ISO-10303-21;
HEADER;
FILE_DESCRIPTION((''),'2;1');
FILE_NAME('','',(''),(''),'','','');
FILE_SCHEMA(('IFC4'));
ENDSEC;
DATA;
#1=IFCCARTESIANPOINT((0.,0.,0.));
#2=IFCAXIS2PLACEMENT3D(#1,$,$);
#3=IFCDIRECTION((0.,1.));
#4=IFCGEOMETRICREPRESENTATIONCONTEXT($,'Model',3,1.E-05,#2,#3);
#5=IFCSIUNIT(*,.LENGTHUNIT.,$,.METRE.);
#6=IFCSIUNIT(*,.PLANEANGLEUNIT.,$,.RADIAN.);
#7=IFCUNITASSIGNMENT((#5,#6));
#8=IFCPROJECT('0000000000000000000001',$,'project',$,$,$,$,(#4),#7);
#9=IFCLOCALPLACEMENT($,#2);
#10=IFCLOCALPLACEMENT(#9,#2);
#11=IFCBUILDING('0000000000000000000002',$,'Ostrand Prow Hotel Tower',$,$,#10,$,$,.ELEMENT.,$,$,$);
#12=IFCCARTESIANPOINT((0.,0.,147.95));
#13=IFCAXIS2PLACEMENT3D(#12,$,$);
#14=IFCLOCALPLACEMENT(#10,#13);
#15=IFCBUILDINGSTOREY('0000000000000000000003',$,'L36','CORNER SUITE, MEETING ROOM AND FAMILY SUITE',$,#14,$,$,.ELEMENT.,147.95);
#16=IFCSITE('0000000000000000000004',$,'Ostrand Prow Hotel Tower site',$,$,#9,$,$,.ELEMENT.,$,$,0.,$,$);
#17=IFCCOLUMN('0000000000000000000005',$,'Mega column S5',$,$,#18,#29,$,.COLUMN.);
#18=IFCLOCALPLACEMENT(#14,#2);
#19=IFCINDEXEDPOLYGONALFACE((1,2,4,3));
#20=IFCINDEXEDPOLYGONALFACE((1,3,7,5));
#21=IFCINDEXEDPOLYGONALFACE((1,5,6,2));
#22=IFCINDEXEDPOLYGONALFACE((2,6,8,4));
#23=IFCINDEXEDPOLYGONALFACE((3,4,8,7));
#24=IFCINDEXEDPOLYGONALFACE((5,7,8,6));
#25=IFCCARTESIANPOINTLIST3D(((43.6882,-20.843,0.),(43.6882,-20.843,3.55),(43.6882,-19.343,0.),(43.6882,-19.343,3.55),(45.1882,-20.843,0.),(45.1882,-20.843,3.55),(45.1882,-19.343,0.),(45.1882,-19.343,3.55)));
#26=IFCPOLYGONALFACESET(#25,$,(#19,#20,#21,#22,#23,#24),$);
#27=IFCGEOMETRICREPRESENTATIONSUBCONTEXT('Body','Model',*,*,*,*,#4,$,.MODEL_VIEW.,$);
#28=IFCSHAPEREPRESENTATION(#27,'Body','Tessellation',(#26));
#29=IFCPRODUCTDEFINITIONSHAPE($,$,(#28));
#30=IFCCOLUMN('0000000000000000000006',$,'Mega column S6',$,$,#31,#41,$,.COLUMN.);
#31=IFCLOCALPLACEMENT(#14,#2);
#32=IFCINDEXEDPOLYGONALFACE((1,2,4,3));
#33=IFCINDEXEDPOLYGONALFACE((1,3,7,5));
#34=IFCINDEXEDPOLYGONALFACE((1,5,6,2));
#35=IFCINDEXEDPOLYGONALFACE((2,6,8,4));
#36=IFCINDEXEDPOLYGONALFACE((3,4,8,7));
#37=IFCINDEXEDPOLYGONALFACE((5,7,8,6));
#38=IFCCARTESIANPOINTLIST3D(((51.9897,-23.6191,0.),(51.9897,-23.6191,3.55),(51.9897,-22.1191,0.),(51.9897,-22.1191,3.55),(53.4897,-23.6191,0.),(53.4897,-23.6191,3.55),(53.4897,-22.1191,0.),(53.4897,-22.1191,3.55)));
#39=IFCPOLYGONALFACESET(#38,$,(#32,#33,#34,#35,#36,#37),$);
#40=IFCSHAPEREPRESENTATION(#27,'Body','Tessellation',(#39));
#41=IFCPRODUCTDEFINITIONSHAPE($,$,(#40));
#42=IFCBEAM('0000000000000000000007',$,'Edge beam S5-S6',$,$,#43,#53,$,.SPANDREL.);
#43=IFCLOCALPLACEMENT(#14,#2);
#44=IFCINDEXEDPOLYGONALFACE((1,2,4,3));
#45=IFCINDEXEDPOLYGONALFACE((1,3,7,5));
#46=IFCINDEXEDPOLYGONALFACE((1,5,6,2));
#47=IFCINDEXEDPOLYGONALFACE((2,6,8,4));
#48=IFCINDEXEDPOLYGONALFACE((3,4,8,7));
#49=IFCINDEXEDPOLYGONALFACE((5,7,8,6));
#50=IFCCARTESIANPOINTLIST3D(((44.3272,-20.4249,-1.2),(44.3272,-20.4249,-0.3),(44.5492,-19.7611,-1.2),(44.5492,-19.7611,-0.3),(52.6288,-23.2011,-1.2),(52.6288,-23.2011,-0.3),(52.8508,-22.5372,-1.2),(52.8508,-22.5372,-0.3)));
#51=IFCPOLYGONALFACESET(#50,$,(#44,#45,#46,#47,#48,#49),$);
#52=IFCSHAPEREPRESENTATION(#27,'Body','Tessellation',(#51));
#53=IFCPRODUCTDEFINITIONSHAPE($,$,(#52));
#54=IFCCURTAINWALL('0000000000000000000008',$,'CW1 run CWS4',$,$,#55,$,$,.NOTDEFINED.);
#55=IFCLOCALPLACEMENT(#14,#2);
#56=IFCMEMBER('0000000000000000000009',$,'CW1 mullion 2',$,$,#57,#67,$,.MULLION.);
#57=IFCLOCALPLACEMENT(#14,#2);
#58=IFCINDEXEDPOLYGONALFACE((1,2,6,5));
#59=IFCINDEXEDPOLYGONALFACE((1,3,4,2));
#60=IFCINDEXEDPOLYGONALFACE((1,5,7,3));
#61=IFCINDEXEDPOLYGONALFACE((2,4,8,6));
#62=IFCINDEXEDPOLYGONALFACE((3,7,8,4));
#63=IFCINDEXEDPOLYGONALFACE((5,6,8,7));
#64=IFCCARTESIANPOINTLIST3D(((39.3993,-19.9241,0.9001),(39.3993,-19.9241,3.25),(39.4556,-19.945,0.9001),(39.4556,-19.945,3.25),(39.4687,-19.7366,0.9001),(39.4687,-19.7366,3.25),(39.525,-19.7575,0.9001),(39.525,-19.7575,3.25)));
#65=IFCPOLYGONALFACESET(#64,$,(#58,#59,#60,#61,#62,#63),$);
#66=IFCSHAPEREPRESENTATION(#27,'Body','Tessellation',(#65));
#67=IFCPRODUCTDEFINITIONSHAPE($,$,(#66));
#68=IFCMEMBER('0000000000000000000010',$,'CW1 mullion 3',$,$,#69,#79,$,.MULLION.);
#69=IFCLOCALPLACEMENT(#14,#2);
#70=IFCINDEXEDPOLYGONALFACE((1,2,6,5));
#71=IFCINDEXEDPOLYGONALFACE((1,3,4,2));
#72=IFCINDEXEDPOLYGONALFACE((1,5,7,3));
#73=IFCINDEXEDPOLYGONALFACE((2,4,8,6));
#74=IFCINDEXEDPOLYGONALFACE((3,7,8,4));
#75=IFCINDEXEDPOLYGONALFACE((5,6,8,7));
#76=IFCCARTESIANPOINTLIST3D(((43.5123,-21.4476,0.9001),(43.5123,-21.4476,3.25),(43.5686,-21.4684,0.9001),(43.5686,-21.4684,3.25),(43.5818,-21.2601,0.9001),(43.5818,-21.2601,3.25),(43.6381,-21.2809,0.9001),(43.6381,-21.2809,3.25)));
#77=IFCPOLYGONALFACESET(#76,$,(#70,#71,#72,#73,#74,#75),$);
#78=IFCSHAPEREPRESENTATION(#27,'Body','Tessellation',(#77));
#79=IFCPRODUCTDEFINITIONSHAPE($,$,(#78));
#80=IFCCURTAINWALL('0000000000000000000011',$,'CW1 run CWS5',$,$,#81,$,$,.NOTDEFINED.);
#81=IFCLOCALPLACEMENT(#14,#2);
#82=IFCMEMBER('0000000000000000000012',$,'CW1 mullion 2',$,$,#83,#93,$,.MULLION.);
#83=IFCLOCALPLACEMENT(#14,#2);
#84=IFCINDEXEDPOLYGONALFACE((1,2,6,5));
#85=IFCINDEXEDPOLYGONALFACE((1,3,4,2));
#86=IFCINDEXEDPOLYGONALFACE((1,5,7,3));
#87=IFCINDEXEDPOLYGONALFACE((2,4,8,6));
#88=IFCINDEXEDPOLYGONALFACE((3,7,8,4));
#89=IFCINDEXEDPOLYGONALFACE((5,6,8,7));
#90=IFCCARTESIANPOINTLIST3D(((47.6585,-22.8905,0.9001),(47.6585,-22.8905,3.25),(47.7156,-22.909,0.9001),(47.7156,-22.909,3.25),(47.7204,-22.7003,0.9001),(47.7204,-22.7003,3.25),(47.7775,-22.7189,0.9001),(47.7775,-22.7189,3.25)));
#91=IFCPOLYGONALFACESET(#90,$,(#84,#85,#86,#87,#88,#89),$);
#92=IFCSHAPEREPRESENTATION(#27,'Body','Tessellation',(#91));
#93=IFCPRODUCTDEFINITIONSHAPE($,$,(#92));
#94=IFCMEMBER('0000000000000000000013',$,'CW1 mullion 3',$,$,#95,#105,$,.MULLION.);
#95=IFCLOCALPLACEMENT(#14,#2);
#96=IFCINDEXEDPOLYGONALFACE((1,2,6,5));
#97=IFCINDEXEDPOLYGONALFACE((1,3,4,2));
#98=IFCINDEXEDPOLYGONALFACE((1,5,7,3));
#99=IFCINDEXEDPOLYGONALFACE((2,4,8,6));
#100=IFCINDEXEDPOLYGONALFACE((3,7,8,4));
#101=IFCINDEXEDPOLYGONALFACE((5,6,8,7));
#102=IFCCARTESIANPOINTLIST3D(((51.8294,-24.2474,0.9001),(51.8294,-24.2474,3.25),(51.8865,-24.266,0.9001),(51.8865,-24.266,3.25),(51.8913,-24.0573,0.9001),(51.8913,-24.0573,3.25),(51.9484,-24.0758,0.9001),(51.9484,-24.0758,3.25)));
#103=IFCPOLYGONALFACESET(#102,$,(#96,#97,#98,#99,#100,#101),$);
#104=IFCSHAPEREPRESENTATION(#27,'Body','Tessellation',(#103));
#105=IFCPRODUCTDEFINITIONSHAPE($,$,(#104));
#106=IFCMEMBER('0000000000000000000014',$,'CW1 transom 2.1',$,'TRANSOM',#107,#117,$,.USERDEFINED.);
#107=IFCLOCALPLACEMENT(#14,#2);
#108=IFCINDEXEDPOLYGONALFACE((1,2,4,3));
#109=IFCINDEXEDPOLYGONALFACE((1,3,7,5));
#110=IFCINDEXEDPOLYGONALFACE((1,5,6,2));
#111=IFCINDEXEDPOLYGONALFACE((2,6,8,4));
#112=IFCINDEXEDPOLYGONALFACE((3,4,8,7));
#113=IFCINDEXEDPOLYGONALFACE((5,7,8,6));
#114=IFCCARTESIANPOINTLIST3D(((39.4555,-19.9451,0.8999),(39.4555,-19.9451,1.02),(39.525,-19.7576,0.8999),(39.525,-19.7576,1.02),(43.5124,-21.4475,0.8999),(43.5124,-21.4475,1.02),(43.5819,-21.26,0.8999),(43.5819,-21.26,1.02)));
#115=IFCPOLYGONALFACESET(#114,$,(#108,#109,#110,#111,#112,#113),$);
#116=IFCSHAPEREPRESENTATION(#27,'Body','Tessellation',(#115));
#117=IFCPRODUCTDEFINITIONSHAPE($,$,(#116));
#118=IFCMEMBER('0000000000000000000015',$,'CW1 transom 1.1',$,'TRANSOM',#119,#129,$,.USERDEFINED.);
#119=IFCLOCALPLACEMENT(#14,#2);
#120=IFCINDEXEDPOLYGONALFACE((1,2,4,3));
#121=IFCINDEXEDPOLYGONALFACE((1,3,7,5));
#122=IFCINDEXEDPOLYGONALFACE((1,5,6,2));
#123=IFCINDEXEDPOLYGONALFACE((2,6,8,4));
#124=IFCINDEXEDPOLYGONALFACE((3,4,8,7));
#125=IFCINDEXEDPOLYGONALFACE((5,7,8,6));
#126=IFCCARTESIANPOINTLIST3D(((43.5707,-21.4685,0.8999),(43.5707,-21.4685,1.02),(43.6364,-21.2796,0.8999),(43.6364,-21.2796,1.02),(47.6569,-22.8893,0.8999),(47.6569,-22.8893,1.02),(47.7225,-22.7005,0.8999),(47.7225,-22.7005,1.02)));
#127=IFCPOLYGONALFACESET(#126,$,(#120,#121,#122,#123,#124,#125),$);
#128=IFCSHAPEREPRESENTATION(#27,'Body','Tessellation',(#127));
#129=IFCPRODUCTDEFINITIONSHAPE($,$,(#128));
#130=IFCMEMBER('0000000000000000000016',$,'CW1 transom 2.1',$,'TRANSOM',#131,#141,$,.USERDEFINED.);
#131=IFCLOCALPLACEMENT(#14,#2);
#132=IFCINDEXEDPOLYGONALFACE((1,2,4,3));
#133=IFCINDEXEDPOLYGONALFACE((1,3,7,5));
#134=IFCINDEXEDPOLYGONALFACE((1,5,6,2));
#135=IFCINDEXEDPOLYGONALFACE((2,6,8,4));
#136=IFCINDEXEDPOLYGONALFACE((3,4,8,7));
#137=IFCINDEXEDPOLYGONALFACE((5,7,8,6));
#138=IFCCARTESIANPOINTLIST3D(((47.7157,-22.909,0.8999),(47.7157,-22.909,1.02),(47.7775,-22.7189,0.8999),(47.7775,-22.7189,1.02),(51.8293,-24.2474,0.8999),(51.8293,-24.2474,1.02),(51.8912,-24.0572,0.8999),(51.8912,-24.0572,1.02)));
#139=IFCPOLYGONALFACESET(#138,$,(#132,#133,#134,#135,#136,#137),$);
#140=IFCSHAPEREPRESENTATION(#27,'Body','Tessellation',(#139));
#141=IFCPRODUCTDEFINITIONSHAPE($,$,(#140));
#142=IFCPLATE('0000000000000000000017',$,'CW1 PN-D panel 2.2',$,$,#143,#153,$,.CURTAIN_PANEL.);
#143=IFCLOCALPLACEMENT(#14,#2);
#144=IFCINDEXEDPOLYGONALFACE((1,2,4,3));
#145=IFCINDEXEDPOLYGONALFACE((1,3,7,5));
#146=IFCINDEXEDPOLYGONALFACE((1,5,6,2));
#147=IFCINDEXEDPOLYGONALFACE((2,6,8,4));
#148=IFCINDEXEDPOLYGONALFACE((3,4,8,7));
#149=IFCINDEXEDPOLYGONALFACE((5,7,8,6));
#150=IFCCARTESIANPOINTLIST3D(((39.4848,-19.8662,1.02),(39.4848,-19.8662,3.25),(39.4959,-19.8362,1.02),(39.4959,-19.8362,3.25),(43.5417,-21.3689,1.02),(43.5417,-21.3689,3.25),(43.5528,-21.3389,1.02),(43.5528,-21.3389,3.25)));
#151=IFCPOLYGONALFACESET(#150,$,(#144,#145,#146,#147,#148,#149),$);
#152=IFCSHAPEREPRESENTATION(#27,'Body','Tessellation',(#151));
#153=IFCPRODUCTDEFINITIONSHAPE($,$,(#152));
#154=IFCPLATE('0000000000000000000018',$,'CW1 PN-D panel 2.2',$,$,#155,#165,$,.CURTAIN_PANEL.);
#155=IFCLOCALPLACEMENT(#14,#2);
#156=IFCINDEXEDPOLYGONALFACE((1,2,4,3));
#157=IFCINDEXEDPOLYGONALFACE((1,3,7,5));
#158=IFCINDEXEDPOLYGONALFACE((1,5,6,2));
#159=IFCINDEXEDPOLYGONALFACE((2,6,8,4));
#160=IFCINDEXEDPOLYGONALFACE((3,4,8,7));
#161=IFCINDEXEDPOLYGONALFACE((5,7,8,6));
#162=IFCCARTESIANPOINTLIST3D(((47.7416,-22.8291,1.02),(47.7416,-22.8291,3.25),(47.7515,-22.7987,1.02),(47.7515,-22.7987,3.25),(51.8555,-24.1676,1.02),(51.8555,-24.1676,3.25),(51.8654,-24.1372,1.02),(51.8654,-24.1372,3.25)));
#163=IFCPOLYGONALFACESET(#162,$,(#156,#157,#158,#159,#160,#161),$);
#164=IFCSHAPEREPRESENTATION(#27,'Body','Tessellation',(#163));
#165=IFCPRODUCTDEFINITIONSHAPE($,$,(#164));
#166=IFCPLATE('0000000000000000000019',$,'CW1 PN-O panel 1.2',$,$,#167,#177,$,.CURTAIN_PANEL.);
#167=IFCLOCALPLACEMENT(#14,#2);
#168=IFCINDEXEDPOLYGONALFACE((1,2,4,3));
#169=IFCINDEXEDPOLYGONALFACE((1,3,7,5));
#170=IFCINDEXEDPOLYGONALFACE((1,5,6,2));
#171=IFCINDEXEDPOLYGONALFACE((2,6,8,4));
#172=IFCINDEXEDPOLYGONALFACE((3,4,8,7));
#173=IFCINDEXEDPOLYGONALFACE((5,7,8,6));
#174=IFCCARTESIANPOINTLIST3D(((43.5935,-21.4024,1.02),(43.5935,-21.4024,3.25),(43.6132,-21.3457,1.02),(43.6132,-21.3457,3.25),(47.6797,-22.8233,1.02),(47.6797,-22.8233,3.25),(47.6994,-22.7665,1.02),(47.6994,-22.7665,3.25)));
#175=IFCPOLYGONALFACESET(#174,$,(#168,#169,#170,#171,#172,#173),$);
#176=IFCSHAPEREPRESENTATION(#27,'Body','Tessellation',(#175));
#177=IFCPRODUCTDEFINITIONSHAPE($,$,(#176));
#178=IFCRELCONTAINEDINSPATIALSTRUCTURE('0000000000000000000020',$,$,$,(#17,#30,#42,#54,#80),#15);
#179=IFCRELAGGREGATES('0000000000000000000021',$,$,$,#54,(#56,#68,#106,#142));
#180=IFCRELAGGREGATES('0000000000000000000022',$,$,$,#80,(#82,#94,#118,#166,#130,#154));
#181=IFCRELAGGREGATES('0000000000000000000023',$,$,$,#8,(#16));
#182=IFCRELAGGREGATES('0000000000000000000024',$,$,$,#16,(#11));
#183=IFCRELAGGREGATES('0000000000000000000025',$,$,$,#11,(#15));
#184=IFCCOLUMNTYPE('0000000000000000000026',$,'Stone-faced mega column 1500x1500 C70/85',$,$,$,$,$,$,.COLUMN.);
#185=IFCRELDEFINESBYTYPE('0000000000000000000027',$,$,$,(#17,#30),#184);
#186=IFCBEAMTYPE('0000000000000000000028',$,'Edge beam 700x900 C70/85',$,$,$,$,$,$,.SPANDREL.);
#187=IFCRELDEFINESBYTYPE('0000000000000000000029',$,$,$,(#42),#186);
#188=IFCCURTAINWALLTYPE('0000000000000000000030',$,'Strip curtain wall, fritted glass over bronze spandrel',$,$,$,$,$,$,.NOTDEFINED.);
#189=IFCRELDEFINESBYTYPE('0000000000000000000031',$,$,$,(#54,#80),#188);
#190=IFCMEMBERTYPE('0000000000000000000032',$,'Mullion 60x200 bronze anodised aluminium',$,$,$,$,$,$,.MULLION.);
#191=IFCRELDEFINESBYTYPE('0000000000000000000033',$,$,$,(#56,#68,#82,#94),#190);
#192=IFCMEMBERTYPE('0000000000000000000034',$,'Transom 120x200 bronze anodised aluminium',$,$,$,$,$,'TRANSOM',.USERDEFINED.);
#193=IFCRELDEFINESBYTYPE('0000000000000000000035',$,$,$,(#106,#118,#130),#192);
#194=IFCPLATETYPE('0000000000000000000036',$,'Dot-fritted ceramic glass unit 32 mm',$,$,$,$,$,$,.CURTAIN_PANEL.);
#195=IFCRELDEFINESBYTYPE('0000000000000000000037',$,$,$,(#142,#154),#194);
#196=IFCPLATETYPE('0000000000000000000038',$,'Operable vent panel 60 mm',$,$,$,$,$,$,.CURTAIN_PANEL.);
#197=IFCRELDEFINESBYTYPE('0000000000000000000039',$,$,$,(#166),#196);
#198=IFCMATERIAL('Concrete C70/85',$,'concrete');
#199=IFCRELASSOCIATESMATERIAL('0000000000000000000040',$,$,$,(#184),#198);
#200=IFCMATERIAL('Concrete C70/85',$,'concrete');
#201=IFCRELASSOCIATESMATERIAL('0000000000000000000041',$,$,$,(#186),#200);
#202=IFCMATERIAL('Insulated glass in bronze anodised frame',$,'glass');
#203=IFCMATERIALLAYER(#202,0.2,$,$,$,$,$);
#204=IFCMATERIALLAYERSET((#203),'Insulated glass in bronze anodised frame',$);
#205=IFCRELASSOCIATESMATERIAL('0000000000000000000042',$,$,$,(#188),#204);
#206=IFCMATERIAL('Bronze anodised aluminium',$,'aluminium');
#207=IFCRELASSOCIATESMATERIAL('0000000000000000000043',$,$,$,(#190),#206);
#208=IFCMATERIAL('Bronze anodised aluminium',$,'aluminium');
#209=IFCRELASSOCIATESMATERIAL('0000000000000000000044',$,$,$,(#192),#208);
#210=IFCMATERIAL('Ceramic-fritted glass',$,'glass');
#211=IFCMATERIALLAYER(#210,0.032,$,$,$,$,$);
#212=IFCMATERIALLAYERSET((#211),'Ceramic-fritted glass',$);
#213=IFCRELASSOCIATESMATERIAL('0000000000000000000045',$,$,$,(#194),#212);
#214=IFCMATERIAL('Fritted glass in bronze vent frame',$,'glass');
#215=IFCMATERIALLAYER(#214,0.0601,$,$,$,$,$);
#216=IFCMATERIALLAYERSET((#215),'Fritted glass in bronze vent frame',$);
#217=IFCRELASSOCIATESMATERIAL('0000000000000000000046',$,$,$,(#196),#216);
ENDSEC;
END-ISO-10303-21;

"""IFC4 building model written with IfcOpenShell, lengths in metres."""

from ifc_helpers import new_model, si_unit, direction, frame, origin, origin_2d, place, context, subcontext, project, spatial, rectangle, extrude, material, layer, layer_set, material_profile, profile_set, type_object, element, aggregate, save


model = new_model("IFC4")

# Units and contexts
model_context = context("Model", 3, precision=1e-05, world=origin(), true_north=direction((0.0, 1.0)))
body_context = subcontext(model_context, "Body", "Model", "MODEL_VIEW")
ifc_project = project(units=[si_unit("LENGTHUNIT", "METRE"), si_unit("PLANEANGLEUNIT", "RADIAN")], contexts=[model_context])

# Site, building, storey
site_placement = place(None, origin())
site = spatial("IfcSite", under=ifc_project, at=site_placement, Name="Ostrand Prow Hotel Tower site", CompositionType="ELEMENT", RefElevation=0.0)
building_placement = place(site_placement, origin())
building = spatial("IfcBuilding", under=site, at=building_placement, Name="Ostrand Prow Hotel Tower", CompositionType="ELEMENT")
storey_placement = place(building_placement, frame((0.0, 0.0, 147.95)))
storey = spatial("IfcBuildingStorey", under=building, at=storey_placement, Name="L36", Description="CORNER SUITE, MEETING ROOM AND FAMILY SUITE", CompositionType="ELEMENT", Elevation=147.95)

# Columns
ifc_material_1 = material(Name="Concrete C70/85", Category="concrete")
ifc_material_profile_1 = material_profile(ifc_material_1, rectangle(XDim=1.5, YDim=1.5, at=origin_2d()), Name="RC 1500x1500")
ifc_profile_set_1 = profile_set([ifc_material_profile_1], Name="Concrete C70/85")
column_type = type_object("IfcColumnType", Name="Stone-faced mega column 1500x1500 C70/85", PredefinedType="COLUMN", material=ifc_profile_set_1)
for number, where, z_axis, x_axis, name in (
    (1, (44.4382, -20.093, 0.0), (0.0, 0.0, 1.0), (1.0, 0.0, 0.0), "Mega column S5"),
    (2, (52.7397, -22.8691, 0.0), (0.0, 0.0, 1.0), (1.0, 0.0, 0.0), "Mega column S6"),
):
    element("IfcColumn", number, at=place(storey_placement, frame(where, z_axis=z_axis, x_axis=x_axis)), inside=storey, type_object=column_type, Name=name, PredefinedType="COLUMN", context=body_context, shape_type="SweptSolid", body=[
        extrude(rectangle(XDim=1.5, YDim=1.5, at=origin_2d()), origin(), (0.0, 0.0, 1.0), 3.55),
    ])

# Beam
ifc_material_2 = material(Name="Concrete C70/85", Category="concrete")
ifc_material_profile_2 = material_profile(ifc_material_2, rectangle(XDim=0.7, YDim=0.8999, at=origin_2d()), Name="RC 700x900")
ifc_profile_set_2 = profile_set([ifc_material_profile_2], Name="Concrete C70/85")
beam_type = type_object("IfcBeamType", Name="Edge beam 700x900 C70/85", PredefinedType="SPANDREL", material=ifc_profile_set_2)
beam_placement = place(storey_placement, frame((44.4382, -20.093, -0.75), z_axis=(0.948376, -0.317148, 0.0), x_axis=(0.317148, 0.948376, 0.0)))
element("IfcBeam", 3, at=beam_placement, inside=storey, type_object=beam_type, Name="Edge beam S5-S6", PredefinedType="SPANDREL", context=body_context, shape_type="SweptSolid", body=[
    extrude(rectangle(XDim=0.7, YDim=0.8999, at=origin_2d()), origin(), (0.0, 0.0, 1.0), 8.7534),
])

# Curtain walls, members
ifc_material_3 = material(Name="Insulated glass in bronze anodised frame", Category="glass")
ifc_layer_1 = layer(ifc_material_3, 0.2)
ifc_layer_set_1 = layer_set([ifc_layer_1], Name="Insulated glass in bronze anodised frame")
curtain_wall_type = type_object("IfcCurtainWallType", Name="Strip curtain wall, fritted glass over bronze spandrel", PredefinedType="NOTDEFINED", material=ifc_layer_set_1)
curtain_wall_1_placement = place(storey_placement, origin())
curtain_wall_1 = element("IfcCurtainWall", 4, at=curtain_wall_1_placement, inside=storey, type_object=curtain_wall_type, Name="CW1 run CWS4", PredefinedType="NOTDEFINED")
ifc_material_4 = material(Name="Bronze anodised aluminium", Category="aluminium")
ifc_material_profile_3 = material_profile(ifc_material_4, rectangle(XDim=0.2, YDim=0.0601, at=origin_2d()), Name="Mullion 60x200 bronze anodised aluminium")
ifc_profile_set_3 = profile_set([ifc_material_profile_3], Name="Bronze anodised aluminium")
member_type_1 = type_object("IfcMemberType", Name="Mullion 60x200 bronze anodised aluminium", PredefinedType="MULLION", material=ifc_profile_set_3)
member_1_placement = place(storey_placement, frame((39.4622, -19.8408, 0.9001), z_axis=(0.0, 0.0, 1.0), x_axis=(0.347342, 0.937739, 0.0)))
member_1 = element("IfcMember", 5, at=member_1_placement, type_object=member_type_1, Name="CW1 mullion 2", PredefinedType="MULLION", context=body_context, shape_type="SweptSolid", body=[
    extrude(rectangle(XDim=0.2, YDim=0.0601, at=origin_2d()), origin(), (0.0, 0.0, 1.0), 2.3499),
])
member_2_placement = place(storey_placement, frame((43.5752, -21.3643, 0.9001), z_axis=(0.0, 0.0, 1.0), x_axis=(0.347342, 0.937739, 0.0)))
member_2 = element("IfcMember", 6, at=member_2_placement, type_object=member_type_1, Name="CW1 mullion 3", PredefinedType="MULLION", context=body_context, shape_type="SweptSolid", body=[
    extrude(rectangle(XDim=0.2, YDim=0.0601, at=origin_2d()), origin(), (0.0, 0.0, 1.0), 2.3499),
])
curtain_wall_2_placement = place(storey_placement, origin())
curtain_wall_2 = element("IfcCurtainWall", 7, at=curtain_wall_2_placement, inside=storey, type_object=curtain_wall_type, Name="CW1 run CWS5", PredefinedType="NOTDEFINED")
member_3_placement = place(storey_placement, frame((47.718, -22.8047, 0.9001), z_axis=(0.0, 0.0, 1.0), x_axis=(0.30938, 0.950938, 0.0)))
member_3 = element("IfcMember", 8, at=member_3_placement, type_object=member_type_1, Name="CW1 mullion 2", PredefinedType="MULLION", context=body_context, shape_type="SweptSolid", body=[
    extrude(rectangle(XDim=0.2, YDim=0.0601, at=origin_2d()), origin(), (0.0, 0.0, 1.0), 2.3499),
])
member_4_placement = place(storey_placement, frame((51.8889, -24.1616, 0.9001), z_axis=(0.0, 0.0, 1.0), x_axis=(0.30938, 0.950938, 0.0)))
member_4 = element("IfcMember", 9, at=member_4_placement, type_object=member_type_1, Name="CW1 mullion 3", PredefinedType="MULLION", context=body_context, shape_type="SweptSolid", body=[
    extrude(rectangle(XDim=0.2, YDim=0.0601, at=origin_2d()), origin(), (0.0, 0.0, 1.0), 2.3499),
])

# Members
ifc_material_5 = material(Name="Bronze anodised aluminium", Category="aluminium")
ifc_material_profile_4 = material_profile(ifc_material_5, rectangle(XDim=0.2, YDim=0.1201, at=origin_2d()), Name="Transom 120x200 bronze anodised aluminium")
ifc_profile_set_4 = profile_set([ifc_material_profile_4], Name="Bronze anodised aluminium")
member_type_2 = type_object("IfcMemberType", Name="Transom 120x200 bronze anodised aluminium", ElementType="TRANSOM", PredefinedType="USERDEFINED", material=ifc_profile_set_4)
member_5_placement = place(storey_placement, frame((39.4902, -19.8513, 0.96), z_axis=(0.937757, -0.347292, 0.0), x_axis=(0.347292, 0.937757, 0.0)))
member_5 = element("IfcMember", 10, at=member_5_placement, type_object=member_type_2, Name="CW1 transom 2.1", ObjectType="TRANSOM", PredefinedType="USERDEFINED", context=body_context, shape_type="SweptSolid", body=[
    extrude(rectangle(XDim=0.2, YDim=0.1201, at=origin_2d()), origin(), (0.0, 0.0, 1.0), 4.3262),
])
member_6_placement = place(storey_placement, frame((43.6035, -21.374, 0.96), z_axis=(0.944524, -0.328442, 0.0), x_axis=(0.328442, 0.944524, 0.0)))
member_6 = element("IfcMember", 11, at=member_6_placement, type_object=member_type_2, Name="CW1 transom 1.1", ObjectType="TRANSOM", PredefinedType="USERDEFINED", context=body_context, shape_type="SweptSolid", body=[
    extrude(rectangle(XDim=0.2, YDim=0.1201, at=origin_2d()), origin(), (0.0, 0.0, 1.0), 4.3262),
])
member_7_placement = place(storey_placement, frame((47.7466, -22.814, 0.96), z_axis=(0.950939, -0.30938, 0.0), x_axis=(0.30938, 0.950939, 0.0)))
member_7 = element("IfcMember", 12, at=member_7_placement, type_object=member_type_2, Name="CW1 transom 2.1", ObjectType="TRANSOM", PredefinedType="USERDEFINED", context=body_context, shape_type="SweptSolid", body=[
    extrude(rectangle(XDim=0.2, YDim=0.1201, at=origin_2d()), origin(), (0.0, 0.0, 1.0), 4.3259),
])

# Plates
ifc_material_6 = material(Name="Ceramic-fritted glass", Category="glass")
ifc_layer_2 = layer(ifc_material_6, 0.032)
ifc_layer_set_2 = layer_set([ifc_layer_2], Name="Ceramic-fritted glass")
plate_type_1 = type_object("IfcPlateType", Name="Dot-fritted ceramic glass unit 32 mm", PredefinedType="CURTAIN_PANEL", material=ifc_layer_set_2)
plate_1_placement = place(storey_placement, frame((41.5188, -20.6025, 1.02), z_axis=(0.0, 0.0, 1.0), x_axis=(0.937739, -0.347342, 0.0)))
plate_1 = element("IfcPlate", 13, at=plate_1_placement, type_object=plate_type_1, Name="CW1 PN-D panel 2.2", PredefinedType="CURTAIN_PANEL", context=body_context, shape_type="SweptSolid", body=[
    extrude(rectangle(XDim=4.3262, YDim=0.032, at=origin_2d()), origin(), (0.0, 0.0, 1.0), 2.23),
])
aggregate(curtain_wall_1, [member_1, member_2, member_5, plate_1])
plate_2_placement = place(storey_placement, frame((49.8035, -23.4832, 1.02), z_axis=(0.0, 0.0, 1.0), x_axis=(0.950938, -0.30938, 0.0)))
plate_2 = element("IfcPlate", 14, at=plate_2_placement, type_object=plate_type_1, Name="CW1 PN-D panel 2.2", PredefinedType="CURTAIN_PANEL", context=body_context, shape_type="SweptSolid", body=[
    extrude(rectangle(XDim=4.3262, YDim=0.032, at=origin_2d()), origin(), (0.0, 0.0, 1.0), 2.23),
])
ifc_material_7 = material(Name="Fritted glass in bronze vent frame", Category="glass")
ifc_layer_3 = layer(ifc_material_7, 0.0601)
ifc_layer_set_3 = layer_set([ifc_layer_3], Name="Fritted glass in bronze vent frame")
plate_type_2 = type_object("IfcPlateType", Name="Operable vent panel 60 mm", PredefinedType="CURTAIN_PANEL", material=ifc_layer_set_3)
plate_3_placement = place(storey_placement, frame((45.6465, -22.0845, 1.02), z_axis=(0.0, 0.0, 1.0), x_axis=(0.944529, -0.328428, 0.0)))
plate_3 = element("IfcPlate", 15, at=plate_3_placement, type_object=plate_type_2, Name="CW1 PN-O panel 1.2", PredefinedType="CURTAIN_PANEL", context=body_context, shape_type="SweptSolid", body=[
    extrude(rectangle(XDim=4.3262, YDim=0.0601, at=origin_2d()), origin(), (0.0, 0.0, 1.0), 2.23),
])
aggregate(curtain_wall_2, [member_3, member_4, member_6, plate_3, member_7, plate_2])

save(model, "model.ifc")
